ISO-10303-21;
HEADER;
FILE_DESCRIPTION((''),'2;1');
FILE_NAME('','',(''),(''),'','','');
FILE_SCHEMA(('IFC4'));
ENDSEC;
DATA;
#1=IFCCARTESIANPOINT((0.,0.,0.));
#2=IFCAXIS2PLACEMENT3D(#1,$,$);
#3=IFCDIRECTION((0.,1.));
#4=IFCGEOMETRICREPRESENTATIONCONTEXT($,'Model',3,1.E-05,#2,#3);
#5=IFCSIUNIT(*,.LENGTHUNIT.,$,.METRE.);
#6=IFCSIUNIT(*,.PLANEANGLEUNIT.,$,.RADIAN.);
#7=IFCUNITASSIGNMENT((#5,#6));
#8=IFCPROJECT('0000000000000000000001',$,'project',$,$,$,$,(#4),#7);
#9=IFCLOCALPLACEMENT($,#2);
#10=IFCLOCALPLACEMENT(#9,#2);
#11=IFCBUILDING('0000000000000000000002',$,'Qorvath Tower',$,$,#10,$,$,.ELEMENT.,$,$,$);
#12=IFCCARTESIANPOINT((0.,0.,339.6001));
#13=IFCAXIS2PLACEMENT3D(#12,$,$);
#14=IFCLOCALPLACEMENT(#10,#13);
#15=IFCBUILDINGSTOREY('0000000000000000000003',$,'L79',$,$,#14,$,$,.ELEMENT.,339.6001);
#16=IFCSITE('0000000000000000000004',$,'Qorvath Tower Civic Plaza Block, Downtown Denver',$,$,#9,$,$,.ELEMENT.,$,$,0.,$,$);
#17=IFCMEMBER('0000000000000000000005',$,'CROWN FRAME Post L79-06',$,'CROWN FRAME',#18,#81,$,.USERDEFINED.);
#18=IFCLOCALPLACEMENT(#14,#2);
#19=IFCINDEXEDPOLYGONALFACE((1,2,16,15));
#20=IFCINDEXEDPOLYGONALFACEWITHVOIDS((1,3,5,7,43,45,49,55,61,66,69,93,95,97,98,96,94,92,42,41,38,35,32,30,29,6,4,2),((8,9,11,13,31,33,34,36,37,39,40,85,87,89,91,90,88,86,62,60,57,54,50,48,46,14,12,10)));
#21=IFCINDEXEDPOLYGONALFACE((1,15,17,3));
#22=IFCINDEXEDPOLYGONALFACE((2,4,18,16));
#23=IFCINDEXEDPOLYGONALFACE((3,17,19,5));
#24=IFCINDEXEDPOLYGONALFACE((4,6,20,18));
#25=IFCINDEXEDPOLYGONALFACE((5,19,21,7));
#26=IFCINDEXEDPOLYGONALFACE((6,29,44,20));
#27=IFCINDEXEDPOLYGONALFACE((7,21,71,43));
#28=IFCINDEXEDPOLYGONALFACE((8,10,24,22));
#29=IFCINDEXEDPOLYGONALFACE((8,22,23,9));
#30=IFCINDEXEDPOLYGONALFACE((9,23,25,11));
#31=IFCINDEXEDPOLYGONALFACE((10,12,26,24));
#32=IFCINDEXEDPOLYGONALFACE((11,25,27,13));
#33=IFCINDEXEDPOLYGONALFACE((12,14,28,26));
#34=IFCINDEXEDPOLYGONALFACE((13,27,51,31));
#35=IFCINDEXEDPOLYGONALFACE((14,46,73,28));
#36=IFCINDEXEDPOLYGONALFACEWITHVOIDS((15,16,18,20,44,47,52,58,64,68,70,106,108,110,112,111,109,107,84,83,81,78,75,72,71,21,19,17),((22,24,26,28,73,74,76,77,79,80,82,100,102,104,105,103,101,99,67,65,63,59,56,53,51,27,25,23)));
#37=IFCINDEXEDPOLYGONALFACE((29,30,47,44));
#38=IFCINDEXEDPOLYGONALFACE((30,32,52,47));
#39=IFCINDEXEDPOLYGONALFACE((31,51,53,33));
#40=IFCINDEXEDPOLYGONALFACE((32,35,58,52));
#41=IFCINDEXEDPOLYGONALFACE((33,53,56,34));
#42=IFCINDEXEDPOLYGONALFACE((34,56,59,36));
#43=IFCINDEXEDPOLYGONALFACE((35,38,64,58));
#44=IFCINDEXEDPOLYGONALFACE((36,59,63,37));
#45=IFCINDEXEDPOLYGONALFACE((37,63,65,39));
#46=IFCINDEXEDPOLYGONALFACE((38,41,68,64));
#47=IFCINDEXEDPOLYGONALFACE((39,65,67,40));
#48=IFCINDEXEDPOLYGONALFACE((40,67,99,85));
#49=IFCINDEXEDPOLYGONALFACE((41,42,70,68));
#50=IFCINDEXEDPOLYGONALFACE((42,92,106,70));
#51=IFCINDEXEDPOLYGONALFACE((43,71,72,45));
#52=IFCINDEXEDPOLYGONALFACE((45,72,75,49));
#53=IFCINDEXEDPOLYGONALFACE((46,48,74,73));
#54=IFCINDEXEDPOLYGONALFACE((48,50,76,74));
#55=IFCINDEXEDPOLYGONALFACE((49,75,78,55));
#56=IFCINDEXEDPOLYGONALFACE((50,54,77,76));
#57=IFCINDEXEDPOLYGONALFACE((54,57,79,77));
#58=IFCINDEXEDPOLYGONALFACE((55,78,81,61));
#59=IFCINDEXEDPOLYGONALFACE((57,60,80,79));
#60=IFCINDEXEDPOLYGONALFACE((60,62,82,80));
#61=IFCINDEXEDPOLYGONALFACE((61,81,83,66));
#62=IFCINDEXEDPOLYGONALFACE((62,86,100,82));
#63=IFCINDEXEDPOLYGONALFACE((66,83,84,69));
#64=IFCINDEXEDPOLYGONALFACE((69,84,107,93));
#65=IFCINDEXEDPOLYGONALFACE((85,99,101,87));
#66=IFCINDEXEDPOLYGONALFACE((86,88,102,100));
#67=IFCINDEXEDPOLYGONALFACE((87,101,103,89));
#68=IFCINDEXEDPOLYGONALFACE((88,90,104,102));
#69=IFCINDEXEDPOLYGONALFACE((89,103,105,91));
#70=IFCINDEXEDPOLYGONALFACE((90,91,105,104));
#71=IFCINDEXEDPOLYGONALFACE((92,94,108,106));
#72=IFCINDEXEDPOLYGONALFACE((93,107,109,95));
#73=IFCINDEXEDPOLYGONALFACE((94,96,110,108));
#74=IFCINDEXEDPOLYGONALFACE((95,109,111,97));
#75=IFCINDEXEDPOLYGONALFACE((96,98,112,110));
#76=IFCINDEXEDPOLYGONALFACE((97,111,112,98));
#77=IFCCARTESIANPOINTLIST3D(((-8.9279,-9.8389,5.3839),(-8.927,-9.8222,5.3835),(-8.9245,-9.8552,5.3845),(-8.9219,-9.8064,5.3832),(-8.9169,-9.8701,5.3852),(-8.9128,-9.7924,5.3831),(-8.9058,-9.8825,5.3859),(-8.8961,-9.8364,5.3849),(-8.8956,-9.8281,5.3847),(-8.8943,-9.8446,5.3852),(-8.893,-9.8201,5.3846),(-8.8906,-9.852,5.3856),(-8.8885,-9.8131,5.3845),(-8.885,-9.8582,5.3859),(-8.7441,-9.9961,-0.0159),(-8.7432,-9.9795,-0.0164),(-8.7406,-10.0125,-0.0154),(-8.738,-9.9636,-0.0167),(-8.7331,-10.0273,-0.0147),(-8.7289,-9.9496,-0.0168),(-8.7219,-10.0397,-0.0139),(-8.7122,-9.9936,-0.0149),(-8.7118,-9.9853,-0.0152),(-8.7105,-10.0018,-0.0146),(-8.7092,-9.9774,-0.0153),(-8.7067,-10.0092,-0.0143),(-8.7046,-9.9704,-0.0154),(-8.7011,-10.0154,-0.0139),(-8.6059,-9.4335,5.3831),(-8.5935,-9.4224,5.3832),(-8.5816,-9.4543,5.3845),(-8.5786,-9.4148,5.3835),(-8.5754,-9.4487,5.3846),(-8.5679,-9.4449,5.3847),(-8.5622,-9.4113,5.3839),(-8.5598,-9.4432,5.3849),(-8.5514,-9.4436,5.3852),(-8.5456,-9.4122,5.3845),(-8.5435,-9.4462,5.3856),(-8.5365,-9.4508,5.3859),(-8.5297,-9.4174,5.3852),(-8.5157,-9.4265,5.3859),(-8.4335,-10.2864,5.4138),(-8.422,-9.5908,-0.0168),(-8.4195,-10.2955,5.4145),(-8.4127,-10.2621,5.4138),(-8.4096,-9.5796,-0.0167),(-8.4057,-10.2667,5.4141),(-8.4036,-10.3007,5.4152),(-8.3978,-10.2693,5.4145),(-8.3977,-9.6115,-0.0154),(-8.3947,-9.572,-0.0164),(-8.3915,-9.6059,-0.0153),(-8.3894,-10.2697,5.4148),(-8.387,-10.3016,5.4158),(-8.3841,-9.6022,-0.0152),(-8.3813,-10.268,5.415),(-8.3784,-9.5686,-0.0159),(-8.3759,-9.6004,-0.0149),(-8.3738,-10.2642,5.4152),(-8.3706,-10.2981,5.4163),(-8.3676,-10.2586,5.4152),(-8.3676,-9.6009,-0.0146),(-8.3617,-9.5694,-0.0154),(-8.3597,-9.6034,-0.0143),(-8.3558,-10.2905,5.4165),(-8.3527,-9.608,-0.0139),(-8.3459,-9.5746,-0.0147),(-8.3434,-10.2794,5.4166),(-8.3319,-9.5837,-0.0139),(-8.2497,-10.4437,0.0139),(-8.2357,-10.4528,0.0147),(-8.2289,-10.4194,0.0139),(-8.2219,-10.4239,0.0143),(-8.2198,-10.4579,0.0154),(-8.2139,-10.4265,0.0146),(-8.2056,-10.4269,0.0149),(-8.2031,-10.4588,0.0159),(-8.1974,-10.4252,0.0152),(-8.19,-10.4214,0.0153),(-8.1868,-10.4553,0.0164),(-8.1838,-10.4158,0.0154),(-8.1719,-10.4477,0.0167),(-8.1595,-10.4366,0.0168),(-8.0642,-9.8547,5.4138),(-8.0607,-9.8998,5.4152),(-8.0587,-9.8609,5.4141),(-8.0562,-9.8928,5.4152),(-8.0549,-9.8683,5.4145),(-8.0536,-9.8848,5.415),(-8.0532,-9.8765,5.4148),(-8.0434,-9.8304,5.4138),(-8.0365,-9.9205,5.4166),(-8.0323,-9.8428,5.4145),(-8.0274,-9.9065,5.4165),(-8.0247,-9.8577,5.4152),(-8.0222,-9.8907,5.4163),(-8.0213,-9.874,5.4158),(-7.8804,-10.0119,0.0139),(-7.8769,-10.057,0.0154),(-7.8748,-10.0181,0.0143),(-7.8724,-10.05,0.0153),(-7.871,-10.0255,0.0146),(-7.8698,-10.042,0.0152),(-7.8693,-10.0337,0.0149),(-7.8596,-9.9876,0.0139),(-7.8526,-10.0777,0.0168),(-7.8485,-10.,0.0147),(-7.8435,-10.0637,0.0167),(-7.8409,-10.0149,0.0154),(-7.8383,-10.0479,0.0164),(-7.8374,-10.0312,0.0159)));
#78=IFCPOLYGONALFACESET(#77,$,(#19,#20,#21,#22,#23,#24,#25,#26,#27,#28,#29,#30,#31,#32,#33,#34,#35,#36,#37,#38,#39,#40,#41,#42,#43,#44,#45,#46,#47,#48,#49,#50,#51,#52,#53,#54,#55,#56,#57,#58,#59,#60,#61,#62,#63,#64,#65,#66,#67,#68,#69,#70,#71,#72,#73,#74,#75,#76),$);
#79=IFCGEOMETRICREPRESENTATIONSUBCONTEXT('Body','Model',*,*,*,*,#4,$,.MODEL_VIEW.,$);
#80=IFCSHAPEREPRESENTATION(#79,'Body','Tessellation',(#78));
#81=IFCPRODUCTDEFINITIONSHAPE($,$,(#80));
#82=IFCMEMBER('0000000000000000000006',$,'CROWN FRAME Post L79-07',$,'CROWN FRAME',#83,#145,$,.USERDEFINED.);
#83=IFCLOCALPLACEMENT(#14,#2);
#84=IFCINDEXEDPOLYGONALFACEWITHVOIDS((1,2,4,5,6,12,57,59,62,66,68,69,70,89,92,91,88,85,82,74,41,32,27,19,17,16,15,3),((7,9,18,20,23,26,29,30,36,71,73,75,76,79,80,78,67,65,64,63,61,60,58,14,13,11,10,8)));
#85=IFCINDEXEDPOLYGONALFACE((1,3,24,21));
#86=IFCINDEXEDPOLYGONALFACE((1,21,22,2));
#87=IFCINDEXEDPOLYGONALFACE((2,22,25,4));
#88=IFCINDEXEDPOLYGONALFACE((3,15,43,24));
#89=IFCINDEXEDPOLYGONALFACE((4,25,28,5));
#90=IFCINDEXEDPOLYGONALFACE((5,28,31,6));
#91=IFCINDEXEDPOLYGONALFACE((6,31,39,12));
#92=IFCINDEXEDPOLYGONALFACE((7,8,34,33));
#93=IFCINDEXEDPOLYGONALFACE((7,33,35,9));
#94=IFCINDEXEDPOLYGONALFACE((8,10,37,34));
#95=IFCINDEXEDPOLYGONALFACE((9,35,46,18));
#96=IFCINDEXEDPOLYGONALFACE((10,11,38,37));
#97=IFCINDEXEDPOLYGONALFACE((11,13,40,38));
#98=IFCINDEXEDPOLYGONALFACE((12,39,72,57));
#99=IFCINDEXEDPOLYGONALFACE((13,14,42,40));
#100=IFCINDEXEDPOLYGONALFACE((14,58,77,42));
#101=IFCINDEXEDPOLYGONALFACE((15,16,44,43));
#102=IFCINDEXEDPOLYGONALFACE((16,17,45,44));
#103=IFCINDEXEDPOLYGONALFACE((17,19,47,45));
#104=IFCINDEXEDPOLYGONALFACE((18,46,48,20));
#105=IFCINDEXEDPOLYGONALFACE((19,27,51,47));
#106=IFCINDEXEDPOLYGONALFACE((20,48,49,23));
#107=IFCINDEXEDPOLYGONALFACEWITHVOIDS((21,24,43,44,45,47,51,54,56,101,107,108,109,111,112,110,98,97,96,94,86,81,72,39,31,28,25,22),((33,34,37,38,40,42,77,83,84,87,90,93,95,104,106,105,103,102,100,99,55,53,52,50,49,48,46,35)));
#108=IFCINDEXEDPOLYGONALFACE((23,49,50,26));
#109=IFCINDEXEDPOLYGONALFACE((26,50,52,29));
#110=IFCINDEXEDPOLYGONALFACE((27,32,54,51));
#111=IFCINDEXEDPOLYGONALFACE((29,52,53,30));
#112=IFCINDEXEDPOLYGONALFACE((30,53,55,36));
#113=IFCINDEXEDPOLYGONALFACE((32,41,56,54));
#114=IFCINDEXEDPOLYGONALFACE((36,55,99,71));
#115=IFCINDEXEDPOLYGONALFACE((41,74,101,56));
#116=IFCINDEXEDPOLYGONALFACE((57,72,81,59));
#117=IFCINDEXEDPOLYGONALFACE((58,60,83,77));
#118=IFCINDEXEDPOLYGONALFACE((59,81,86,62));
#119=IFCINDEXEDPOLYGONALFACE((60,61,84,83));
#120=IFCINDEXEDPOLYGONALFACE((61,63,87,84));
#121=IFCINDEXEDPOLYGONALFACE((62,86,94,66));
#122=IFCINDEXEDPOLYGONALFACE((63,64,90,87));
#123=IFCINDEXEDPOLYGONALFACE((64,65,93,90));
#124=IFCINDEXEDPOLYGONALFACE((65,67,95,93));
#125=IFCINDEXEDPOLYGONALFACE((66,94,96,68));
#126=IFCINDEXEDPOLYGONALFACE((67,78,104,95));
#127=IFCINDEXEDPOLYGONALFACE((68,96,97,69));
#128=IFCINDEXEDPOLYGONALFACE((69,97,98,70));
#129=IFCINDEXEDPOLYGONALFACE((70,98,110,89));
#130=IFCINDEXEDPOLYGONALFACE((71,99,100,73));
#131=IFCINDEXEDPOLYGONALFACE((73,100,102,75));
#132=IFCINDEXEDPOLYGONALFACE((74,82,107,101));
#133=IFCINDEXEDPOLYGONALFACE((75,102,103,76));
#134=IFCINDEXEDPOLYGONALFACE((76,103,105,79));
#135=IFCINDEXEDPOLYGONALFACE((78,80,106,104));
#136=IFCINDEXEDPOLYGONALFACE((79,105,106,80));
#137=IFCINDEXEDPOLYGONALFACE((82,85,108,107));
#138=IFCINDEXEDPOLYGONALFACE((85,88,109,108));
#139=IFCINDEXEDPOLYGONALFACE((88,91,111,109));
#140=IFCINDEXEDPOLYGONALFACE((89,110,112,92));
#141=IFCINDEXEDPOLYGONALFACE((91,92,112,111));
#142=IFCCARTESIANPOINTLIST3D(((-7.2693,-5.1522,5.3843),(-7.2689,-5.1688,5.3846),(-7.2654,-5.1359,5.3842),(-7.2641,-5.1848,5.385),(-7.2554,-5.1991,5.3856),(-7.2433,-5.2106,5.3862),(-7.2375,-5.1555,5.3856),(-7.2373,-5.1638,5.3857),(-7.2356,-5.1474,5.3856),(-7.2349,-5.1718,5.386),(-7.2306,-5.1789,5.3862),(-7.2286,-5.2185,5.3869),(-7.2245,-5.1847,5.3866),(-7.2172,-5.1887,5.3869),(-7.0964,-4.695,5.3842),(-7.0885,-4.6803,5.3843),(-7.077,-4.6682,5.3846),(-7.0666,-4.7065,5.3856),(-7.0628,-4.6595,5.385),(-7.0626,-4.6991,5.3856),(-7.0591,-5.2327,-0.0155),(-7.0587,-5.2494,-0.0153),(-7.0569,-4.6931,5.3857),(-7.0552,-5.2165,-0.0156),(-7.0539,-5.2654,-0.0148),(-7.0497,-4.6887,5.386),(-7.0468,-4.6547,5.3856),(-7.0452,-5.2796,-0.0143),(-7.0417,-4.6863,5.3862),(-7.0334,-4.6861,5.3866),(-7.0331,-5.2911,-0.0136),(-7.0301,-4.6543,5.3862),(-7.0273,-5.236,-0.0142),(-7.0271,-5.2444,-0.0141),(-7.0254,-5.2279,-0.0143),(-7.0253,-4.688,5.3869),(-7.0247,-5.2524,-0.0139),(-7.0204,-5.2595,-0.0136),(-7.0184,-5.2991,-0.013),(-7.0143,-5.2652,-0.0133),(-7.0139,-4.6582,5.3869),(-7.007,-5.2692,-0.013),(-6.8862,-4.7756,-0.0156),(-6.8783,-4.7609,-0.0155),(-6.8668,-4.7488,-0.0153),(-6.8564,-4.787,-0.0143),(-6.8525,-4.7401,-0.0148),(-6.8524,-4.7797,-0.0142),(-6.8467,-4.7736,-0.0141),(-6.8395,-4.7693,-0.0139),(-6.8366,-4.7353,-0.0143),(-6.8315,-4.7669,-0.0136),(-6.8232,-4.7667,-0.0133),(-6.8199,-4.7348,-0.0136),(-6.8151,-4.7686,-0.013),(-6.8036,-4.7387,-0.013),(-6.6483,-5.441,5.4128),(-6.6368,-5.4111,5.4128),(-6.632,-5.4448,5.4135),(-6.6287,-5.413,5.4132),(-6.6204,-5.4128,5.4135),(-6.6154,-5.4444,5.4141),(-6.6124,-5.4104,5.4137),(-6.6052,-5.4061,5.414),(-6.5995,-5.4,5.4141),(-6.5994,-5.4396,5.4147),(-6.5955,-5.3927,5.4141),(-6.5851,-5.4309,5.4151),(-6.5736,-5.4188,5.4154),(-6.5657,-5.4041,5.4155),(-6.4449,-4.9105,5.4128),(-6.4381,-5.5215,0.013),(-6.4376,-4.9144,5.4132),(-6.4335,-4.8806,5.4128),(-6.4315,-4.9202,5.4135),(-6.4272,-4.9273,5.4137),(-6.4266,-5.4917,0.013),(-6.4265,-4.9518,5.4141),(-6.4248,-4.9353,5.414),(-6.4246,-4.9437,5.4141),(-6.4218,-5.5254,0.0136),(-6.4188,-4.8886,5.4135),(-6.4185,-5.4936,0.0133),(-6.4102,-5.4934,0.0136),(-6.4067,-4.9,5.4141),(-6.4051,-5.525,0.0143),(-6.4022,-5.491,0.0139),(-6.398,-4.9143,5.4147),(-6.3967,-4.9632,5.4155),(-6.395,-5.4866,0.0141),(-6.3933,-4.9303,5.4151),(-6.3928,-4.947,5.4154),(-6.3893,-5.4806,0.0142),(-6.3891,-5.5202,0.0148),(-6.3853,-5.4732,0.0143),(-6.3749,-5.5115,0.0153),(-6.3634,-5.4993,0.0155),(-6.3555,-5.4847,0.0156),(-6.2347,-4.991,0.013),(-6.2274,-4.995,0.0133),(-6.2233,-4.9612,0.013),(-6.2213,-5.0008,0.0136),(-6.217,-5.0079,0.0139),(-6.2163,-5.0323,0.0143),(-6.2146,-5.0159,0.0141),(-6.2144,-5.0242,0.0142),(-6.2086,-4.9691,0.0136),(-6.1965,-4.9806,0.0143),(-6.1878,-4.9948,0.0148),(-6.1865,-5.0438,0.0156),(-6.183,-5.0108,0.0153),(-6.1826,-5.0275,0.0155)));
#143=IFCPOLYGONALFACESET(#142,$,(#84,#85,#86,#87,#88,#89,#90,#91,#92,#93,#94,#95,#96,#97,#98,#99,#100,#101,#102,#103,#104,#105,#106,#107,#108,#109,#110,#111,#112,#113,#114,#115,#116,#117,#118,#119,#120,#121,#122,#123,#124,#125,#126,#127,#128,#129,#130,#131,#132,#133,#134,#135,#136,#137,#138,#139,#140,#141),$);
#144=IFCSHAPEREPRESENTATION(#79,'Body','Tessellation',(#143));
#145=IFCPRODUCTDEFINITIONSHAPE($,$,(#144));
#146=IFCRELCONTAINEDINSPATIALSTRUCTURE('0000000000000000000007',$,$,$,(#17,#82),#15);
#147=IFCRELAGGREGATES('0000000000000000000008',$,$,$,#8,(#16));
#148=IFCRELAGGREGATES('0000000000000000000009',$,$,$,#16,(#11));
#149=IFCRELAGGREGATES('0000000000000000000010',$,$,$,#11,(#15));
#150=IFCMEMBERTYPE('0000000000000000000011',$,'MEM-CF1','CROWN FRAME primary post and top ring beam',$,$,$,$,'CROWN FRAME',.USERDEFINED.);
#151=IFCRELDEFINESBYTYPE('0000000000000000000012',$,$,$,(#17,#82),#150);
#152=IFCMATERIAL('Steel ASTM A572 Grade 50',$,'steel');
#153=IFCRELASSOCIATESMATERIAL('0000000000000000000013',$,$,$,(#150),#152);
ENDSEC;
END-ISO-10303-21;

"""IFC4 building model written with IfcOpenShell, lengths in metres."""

from ifc_helpers import new_model, si_unit, direction, frame, origin, origin_2d, place, context, subcontext, project, spatial, hollow_rectangle, extrude, material, material_profile, profile_set, type_object, element, save


model = new_model("IFC4")

# Units and contexts
model_context = context("Model", 3, precision=1e-05, world=origin(), true_north=direction((0.0, 1.0)))
body_context = subcontext(model_context, "Body", "Model", "MODEL_VIEW")
ifc_project = project(units=[si_unit("LENGTHUNIT", "METRE"), si_unit("PLANEANGLEUNIT", "RADIAN")], contexts=[model_context])

# Site, building, storey
site_placement = place(None, origin())
site = spatial("IfcSite", under=ifc_project, at=site_placement, Name="Qorvath Tower Civic Plaza Block, Downtown Denver", CompositionType="ELEMENT", RefElevation=0.0)
building_placement = place(site_placement, origin())
building = spatial("IfcBuilding", under=site, at=building_placement, Name="Qorvath Tower", CompositionType="ELEMENT")
storey_placement = place(building_placement, frame((0.0, 0.0, 339.6001)))
storey = spatial("IfcBuildingStorey", under=building, at=storey_placement, Name="L79", CompositionType="ELEMENT", Elevation=339.6001)

# Members
ifc_material_1 = material(Name="Steel ASTM A572 Grade 50", Category="steel")
ifc_material_profile_1 = material_profile(ifc_material_1, hollow_rectangle(XDim=0.6001, YDim=0.75, WallThickness=0.032, InnerFilletRadius=0.032, OuterFilletRadius=0.064, at=origin_2d()), Name="CROWN BOX 750x600x32")
ifc_profile_set_1 = profile_set([ifc_material_profile_1], Name="Steel ASTM A572 Grade 50")
member_type_1 = type_object("IfcMemberType", Name="MEM-CF1", Description="CROWN FRAME primary post and top ring beam", ElementType="CROWN FRAME", PredefinedType="USERDEFINED", material=ifc_profile_set_1)
member_1_placement = place(storey_placement, frame((-8.2908, -10.0137, 0.0), z_axis=(-0.034011, 0.029087, 0.998998), x_axis=(-0.64996, -0.759969, 0.0)))
element("IfcMember", 1, at=member_1_placement, inside=storey, type_object=member_type_1, Name="CROWN FRAME Post L79-06", ObjectType="CROWN FRAME", PredefinedType="USERDEFINED", context=body_context, shape_type="SweptSolid", body=[
    extrude(hollow_rectangle(XDim=0.6001, YDim=0.75, WallThickness=0.032, InnerFilletRadius=0.032, OuterFilletRadius=0.064, at=origin_2d()), origin(), (0.0, 0.0, 1.0), 5.4053),
])
member_2_placement = place(storey_placement, frame((-6.6208, -5.1301, 0.0), z_axis=(-0.038894, 0.014907, 0.999132), x_axis=(-0.357889, -0.933764, 0.0)))
element("IfcMember", 2, at=member_2_placement, inside=storey, type_object=member_type_1, Name="CROWN FRAME Post L79-07", ObjectType="CROWN FRAME", PredefinedType="USERDEFINED", context=body_context, shape_type="SweptSolid", body=[
    extrude(hollow_rectangle(XDim=0.6001, YDim=0.75, WallThickness=0.032, InnerFilletRadius=0.032, OuterFilletRadius=0.064, at=origin_2d()), origin(), (0.0, 0.0, 1.0), 5.4045),
])

save(model, "model.ifc")
